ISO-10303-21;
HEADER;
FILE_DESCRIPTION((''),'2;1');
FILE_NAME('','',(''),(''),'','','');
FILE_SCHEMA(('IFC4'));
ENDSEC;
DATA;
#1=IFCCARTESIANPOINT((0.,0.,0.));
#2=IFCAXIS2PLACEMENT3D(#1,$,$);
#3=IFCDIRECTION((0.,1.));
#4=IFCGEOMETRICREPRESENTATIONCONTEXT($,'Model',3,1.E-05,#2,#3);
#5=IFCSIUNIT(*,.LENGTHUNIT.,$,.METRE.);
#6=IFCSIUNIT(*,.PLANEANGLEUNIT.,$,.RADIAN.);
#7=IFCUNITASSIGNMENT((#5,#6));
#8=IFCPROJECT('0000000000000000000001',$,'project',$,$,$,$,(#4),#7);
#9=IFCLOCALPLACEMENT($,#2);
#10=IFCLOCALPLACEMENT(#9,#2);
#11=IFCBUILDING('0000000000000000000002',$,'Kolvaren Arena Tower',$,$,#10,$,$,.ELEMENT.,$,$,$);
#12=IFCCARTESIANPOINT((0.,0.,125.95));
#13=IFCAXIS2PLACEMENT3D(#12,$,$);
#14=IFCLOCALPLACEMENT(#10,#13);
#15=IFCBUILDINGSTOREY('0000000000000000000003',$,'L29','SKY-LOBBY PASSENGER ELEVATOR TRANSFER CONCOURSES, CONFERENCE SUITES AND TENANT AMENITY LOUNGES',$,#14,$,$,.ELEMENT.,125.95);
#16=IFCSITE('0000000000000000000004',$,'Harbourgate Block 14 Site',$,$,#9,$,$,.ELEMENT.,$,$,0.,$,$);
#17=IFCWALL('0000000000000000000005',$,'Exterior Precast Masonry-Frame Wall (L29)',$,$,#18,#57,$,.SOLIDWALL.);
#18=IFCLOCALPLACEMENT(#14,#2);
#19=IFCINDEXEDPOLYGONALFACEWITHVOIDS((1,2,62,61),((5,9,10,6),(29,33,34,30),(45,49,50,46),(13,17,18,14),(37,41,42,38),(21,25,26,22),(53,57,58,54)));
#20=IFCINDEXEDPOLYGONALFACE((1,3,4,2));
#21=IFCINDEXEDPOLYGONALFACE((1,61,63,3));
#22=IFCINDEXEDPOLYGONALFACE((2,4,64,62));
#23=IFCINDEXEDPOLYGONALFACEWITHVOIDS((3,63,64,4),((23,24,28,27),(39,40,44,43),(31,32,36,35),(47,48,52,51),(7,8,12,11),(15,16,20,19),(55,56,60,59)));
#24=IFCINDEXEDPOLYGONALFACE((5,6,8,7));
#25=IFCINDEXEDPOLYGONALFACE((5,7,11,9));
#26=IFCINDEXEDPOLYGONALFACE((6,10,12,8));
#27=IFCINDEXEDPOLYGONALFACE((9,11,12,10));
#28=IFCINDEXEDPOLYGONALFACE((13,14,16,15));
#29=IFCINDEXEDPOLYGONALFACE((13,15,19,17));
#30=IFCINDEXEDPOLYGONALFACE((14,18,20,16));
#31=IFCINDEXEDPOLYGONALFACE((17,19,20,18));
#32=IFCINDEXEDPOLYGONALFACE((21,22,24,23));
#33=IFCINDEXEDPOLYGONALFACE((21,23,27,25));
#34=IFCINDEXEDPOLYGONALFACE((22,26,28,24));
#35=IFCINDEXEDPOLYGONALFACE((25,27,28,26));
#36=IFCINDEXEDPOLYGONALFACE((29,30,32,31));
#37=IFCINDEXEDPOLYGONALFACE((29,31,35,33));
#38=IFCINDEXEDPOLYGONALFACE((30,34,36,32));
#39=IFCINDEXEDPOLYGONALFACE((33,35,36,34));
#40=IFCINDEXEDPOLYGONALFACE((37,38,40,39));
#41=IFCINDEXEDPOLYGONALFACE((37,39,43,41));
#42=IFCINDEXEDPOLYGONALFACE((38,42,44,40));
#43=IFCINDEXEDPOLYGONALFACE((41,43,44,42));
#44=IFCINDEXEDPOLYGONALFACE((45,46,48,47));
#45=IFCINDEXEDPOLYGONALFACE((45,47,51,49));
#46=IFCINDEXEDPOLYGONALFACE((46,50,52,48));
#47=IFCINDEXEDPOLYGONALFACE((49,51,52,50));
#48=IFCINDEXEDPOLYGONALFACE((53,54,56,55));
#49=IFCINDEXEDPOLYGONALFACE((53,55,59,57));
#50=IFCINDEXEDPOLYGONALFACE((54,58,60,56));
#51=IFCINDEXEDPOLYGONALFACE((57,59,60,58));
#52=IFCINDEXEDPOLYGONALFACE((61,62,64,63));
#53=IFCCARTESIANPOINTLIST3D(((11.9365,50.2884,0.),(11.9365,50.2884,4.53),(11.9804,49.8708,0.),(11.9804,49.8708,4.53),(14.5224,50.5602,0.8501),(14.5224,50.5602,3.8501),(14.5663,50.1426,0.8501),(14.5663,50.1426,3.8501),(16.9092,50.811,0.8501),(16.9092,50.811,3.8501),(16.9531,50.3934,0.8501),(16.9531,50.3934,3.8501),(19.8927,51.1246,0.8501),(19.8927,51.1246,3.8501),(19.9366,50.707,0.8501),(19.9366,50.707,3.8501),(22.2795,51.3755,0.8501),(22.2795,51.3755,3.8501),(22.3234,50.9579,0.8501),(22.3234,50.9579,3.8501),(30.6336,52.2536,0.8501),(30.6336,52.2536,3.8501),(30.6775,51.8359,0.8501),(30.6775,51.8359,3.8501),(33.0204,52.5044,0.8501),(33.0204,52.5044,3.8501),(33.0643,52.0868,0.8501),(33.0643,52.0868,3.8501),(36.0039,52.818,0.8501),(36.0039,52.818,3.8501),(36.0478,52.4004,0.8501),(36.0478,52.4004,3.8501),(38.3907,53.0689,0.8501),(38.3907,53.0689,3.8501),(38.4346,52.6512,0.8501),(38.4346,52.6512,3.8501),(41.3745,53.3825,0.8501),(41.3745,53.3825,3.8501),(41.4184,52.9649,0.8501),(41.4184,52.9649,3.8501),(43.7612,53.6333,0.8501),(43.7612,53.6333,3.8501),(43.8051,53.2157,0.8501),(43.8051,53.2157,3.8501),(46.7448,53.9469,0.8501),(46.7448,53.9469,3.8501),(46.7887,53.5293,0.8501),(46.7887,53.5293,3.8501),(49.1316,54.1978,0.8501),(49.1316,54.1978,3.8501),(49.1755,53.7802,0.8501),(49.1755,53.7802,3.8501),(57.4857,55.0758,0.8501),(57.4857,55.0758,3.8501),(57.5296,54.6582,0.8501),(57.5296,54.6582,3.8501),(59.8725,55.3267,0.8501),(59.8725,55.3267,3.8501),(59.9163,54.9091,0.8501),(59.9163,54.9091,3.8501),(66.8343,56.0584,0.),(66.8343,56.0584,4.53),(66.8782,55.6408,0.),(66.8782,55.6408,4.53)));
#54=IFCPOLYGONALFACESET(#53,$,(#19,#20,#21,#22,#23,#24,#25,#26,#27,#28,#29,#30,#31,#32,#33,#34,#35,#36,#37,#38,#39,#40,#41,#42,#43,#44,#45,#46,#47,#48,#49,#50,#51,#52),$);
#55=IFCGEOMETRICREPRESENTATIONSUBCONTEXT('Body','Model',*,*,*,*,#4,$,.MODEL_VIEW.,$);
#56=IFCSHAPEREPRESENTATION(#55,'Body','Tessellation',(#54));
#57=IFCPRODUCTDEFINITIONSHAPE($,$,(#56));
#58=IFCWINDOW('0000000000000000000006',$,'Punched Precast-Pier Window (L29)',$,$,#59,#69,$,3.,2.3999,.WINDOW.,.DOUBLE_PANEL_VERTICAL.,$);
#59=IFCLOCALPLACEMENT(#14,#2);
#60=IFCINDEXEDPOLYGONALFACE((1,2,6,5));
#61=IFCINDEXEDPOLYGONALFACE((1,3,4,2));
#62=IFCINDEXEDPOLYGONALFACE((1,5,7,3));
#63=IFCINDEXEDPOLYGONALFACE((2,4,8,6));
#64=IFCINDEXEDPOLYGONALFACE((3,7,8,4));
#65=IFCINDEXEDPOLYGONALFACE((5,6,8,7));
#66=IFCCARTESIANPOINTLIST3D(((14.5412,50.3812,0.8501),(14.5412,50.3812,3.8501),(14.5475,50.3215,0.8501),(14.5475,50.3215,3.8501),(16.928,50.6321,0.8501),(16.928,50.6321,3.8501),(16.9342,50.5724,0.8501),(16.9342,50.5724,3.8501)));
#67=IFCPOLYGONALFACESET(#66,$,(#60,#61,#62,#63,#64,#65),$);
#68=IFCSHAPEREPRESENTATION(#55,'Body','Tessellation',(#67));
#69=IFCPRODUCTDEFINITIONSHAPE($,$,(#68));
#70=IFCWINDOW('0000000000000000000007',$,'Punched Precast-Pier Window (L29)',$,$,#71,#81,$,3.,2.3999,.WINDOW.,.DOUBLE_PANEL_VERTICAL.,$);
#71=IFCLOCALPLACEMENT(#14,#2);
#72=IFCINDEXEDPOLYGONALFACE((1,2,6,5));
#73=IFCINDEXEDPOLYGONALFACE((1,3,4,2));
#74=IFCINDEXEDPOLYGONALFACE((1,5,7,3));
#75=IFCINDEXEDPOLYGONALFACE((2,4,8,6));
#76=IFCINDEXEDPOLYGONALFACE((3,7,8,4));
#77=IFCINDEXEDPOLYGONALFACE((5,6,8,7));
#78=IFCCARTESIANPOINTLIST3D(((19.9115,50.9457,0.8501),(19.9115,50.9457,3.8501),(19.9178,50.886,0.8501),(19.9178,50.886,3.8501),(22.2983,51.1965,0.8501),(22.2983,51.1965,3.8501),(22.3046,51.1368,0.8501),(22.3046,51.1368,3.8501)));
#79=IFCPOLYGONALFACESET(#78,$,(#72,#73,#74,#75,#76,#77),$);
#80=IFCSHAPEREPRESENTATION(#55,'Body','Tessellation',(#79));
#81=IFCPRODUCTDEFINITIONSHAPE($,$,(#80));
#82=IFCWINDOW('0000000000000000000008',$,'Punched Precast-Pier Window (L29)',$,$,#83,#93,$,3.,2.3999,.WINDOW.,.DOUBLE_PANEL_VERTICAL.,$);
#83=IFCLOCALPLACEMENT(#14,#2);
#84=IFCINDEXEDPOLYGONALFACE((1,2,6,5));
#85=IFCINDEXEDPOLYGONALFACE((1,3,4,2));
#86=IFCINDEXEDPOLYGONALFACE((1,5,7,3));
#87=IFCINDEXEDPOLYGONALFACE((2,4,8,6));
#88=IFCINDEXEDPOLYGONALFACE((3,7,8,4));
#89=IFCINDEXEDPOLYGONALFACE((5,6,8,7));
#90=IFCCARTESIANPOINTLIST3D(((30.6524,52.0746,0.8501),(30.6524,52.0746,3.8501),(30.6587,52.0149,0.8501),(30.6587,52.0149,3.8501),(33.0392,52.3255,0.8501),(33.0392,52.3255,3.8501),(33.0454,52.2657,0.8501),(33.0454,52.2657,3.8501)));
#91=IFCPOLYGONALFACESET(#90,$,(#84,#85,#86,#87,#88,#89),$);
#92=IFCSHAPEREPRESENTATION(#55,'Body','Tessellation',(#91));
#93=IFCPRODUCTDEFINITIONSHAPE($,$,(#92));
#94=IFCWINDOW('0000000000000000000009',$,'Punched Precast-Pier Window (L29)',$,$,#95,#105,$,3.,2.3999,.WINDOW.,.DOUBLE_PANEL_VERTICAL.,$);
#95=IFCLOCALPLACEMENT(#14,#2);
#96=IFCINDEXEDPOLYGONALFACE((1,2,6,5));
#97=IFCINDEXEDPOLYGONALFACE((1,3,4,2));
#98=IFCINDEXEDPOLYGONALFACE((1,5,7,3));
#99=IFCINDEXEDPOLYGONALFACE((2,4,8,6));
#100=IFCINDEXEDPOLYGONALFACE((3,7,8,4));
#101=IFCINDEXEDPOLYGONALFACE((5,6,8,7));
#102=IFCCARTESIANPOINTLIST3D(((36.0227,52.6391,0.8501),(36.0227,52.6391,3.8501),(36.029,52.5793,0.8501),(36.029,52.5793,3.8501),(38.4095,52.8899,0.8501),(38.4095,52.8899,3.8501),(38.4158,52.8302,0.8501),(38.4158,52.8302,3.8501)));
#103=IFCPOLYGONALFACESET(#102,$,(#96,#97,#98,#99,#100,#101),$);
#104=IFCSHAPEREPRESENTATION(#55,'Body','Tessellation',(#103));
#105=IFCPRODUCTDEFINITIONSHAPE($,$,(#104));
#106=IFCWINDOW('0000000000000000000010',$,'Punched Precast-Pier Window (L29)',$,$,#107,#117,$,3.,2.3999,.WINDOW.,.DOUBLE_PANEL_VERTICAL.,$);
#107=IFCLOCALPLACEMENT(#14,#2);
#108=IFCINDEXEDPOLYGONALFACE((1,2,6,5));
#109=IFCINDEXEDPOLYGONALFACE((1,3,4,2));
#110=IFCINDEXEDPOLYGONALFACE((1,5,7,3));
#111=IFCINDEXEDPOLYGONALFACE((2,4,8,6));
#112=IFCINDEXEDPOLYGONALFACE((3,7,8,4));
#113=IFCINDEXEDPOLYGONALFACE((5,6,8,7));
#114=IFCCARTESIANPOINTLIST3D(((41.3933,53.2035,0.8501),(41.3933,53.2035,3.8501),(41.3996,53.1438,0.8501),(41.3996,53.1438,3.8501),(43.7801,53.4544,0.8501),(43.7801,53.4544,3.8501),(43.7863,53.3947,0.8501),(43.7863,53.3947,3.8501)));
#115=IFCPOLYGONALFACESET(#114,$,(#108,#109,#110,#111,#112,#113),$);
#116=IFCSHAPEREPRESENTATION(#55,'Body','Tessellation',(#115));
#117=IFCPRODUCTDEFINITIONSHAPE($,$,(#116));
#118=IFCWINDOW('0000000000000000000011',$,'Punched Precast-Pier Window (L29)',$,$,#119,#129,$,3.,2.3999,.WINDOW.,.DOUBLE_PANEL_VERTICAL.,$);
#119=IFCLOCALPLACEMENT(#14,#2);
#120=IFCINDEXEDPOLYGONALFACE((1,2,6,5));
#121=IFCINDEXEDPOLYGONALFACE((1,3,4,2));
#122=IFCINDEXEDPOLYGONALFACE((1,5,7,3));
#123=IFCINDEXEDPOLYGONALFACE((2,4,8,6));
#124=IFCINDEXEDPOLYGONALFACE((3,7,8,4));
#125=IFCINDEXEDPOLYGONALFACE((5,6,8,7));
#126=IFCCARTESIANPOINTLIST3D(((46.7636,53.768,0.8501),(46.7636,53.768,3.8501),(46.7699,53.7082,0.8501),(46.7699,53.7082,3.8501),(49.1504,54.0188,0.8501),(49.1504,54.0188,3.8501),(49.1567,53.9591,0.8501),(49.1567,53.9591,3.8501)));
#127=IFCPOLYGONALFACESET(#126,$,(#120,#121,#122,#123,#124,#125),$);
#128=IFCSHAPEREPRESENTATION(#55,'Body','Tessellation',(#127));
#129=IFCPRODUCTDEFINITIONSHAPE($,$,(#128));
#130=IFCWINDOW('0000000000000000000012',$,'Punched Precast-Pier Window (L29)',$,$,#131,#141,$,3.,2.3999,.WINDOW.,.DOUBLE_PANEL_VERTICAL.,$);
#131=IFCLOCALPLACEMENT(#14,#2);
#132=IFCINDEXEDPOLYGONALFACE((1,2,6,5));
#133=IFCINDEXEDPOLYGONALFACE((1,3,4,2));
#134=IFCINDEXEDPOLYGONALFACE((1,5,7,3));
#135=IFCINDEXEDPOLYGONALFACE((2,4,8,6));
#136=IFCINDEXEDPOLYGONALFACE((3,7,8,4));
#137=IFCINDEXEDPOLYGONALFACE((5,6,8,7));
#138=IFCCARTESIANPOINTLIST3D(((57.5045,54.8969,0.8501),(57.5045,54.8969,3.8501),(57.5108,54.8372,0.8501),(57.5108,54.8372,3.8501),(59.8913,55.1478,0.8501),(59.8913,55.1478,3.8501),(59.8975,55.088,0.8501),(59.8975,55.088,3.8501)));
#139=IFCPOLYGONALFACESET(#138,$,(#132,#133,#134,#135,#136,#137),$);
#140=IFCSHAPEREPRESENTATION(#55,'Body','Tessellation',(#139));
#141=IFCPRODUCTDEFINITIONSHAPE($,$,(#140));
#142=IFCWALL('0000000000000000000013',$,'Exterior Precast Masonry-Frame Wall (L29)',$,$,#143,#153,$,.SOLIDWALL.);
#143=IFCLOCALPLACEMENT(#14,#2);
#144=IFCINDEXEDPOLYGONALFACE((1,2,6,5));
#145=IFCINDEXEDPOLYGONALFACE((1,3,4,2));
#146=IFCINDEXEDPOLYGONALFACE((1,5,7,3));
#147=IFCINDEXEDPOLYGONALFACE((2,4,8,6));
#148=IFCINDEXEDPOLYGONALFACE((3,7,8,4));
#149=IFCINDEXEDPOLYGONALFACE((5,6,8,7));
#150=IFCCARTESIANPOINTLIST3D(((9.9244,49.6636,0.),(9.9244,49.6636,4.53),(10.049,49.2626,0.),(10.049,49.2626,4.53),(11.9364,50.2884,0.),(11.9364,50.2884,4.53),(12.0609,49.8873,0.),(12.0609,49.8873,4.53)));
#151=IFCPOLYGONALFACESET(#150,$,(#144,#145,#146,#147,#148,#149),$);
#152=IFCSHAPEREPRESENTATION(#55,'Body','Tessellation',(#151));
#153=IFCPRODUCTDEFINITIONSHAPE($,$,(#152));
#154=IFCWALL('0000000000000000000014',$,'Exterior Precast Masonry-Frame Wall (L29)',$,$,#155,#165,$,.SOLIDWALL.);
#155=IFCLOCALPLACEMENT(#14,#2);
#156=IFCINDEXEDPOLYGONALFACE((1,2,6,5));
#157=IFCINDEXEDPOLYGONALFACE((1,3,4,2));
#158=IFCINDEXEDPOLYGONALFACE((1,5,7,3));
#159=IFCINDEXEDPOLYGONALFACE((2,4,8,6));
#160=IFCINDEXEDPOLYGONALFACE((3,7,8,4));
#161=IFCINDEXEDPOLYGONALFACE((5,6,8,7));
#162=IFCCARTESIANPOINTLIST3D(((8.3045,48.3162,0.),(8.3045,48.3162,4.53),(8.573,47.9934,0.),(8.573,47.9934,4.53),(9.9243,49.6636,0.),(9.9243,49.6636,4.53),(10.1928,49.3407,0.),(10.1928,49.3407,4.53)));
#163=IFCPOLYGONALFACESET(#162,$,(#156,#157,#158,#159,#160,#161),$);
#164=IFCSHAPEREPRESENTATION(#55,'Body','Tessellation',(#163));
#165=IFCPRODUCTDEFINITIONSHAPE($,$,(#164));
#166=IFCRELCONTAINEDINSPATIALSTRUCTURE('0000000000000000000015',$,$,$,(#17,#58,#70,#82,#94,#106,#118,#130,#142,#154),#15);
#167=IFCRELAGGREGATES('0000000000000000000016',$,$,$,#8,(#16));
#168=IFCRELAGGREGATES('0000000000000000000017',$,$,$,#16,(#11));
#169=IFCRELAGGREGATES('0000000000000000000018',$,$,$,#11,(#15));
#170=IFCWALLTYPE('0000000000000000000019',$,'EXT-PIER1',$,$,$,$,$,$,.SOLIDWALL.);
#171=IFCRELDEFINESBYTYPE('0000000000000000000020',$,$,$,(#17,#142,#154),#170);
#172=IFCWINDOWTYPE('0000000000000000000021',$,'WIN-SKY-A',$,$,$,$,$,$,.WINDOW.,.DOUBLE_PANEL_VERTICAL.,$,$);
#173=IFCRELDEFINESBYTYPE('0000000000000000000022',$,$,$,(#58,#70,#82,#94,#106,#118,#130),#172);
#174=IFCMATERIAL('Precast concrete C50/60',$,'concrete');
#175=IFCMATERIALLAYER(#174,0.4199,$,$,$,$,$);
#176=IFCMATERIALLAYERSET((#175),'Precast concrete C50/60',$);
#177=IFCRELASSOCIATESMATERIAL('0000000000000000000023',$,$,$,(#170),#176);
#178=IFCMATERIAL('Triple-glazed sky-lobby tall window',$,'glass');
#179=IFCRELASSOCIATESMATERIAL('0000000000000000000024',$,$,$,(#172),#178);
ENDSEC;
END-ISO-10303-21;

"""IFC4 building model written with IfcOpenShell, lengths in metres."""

from ifc_helpers import new_model, si_unit, direction, frame, frame_2d, origin, place, context, subcontext, project, spatial, rectangle, extrude, material, layer, layer_set, type_object, element, fill, save


model = new_model("IFC4")

# Units and contexts
model_context = context("Model", 3, precision=1e-05, world=origin(), true_north=direction((0.0, 1.0)))
body_context = subcontext(model_context, "Body", "Model", "MODEL_VIEW")
ifc_project = project(units=[si_unit("LENGTHUNIT", "METRE"), si_unit("PLANEANGLEUNIT", "RADIAN")], contexts=[model_context])

# Site, building, storey
site_placement = place(None, origin())
site = spatial("IfcSite", under=ifc_project, at=site_placement, Name="Harbourgate Block 14 Site", CompositionType="ELEMENT", RefElevation=0.0)
building_placement = place(site_placement, origin())
building = spatial("IfcBuilding", under=site, at=building_placement, Name="Kolvaren Arena Tower", CompositionType="ELEMENT")
storey_placement = place(building_placement, frame((0.0, 0.0, 125.95)))
storey = spatial("IfcBuildingStorey", under=building, at=storey_placement, Name="L29", Description="SKY-LOBBY PASSENGER ELEVATOR TRANSFER CONCOURSES, CONFERENCE SUITES AND TENANT AMENITY LOUNGES", CompositionType="ELEMENT", Elevation=125.95)

# Wall, openings, windows
ifc_material_1 = material(Name="Precast concrete C50/60", Category="concrete")
ifc_layer_1 = layer(ifc_material_1, 0.4199)
ifc_layer_set_1 = layer_set([ifc_layer_1], Name="Precast concrete C50/60")
wall_type_1 = type_object("IfcWallType", Name="EXT-PIER1", PredefinedType="SOLIDWALL", material=ifc_layer_set_1)
wall_1_placement = place(storey_placement, frame((11.9585, 50.0796, 0.0), z_axis=(0.0, 0.0, 1.0), x_axis=(0.994522, 0.104529, 0.0)))
wall_1 = element("IfcWall", 1, at=wall_1_placement, inside=storey, type_object=wall_type_1, Name="Exterior Precast Masonry-Frame Wall (L29)", PredefinedType="SOLIDWALL", context=body_context, shape_type="SweptSolid", body=[
    extrude(rectangle(XDim=55.2002, YDim=0.4199, at=frame_2d((27.6001, 0.0))), origin(), (0.0, 0.0, 1.0), 4.53),
])
opening_1_placement = place(wall_1_placement, frame((2.6001, 0.0, 0.8501)))
opening_1 = element("IfcOpeningElement", 2, at=opening_1_placement, cuts=wall_1, PredefinedType="OPENING", context=body_context, shape_type="SweptSolid", body=[
    extrude(rectangle(XDim=2.3999, YDim=3.0, at=frame_2d((1.2, 1.5))), frame((0.0, 0.22, 0.0), z_axis=(0.0, -1.0, 0.0), x_axis=(1.0, 0.0, 0.0)), (0.0, 0.0, 1.0), 0.4399),
])
opening_2_placement = place(wall_1_placement, frame((8.0, 0.0, 0.8501)))
opening_2 = element("IfcOpeningElement", 3, at=opening_2_placement, cuts=wall_1, PredefinedType="OPENING", context=body_context, shape_type="SweptSolid", body=[
    extrude(rectangle(XDim=2.3999, YDim=3.0, at=frame_2d((1.2, 1.5))), frame((0.0, 0.22, 0.0), z_axis=(0.0, -1.0, 0.0), x_axis=(1.0, 0.0, 0.0)), (0.0, 0.0, 1.0), 0.4399),
])
opening_3_placement = place(wall_1_placement, frame((18.8, 0.0, 0.8501)))
opening_3 = element("IfcOpeningElement", 4, at=opening_3_placement, cuts=wall_1, PredefinedType="OPENING", context=body_context, shape_type="SweptSolid", body=[
    extrude(rectangle(XDim=2.3999, YDim=3.0, at=frame_2d((1.2, 1.5))), frame((0.0, 0.22, 0.0), z_axis=(0.0, -1.0, 0.0), x_axis=(1.0, 0.0, 0.0)), (0.0, 0.0, 1.0), 0.4399),
])
opening_4_placement = place(wall_1_placement, frame((24.2, 0.0, 0.8501)))
opening_4 = element("IfcOpeningElement", 5, at=opening_4_placement, cuts=wall_1, PredefinedType="OPENING", context=body_context, shape_type="SweptSolid", body=[
    extrude(rectangle(XDim=2.3999, YDim=3.0, at=frame_2d((1.2, 1.5))), frame((0.0, 0.22, 0.0), z_axis=(0.0, -1.0, 0.0), x_axis=(1.0, 0.0, 0.0)), (0.0, 0.0, 1.0), 0.4399),
])
opening_5_placement = place(wall_1_placement, frame((29.6001, 0.0, 0.8501)))
opening_5 = element("IfcOpeningElement", 6, at=opening_5_placement, cuts=wall_1, PredefinedType="OPENING", context=body_context, shape_type="SweptSolid", body=[
    extrude(rectangle(XDim=2.3999, YDim=3.0, at=frame_2d((1.2, 1.5))), frame((0.0, 0.22, 0.0), z_axis=(0.0, -1.0, 0.0), x_axis=(1.0, 0.0, 0.0)), (0.0, 0.0, 1.0), 0.4399),
])
opening_6_placement = place(wall_1_placement, frame((35.0, 0.0, 0.8501)))
opening_6 = element("IfcOpeningElement", 7, at=opening_6_placement, cuts=wall_1, PredefinedType="OPENING", context=body_context, shape_type="SweptSolid", body=[
    extrude(rectangle(XDim=2.3999, YDim=3.0, at=frame_2d((1.2, 1.5))), frame((0.0, 0.22, 0.0), z_axis=(0.0, -1.0, 0.0), x_axis=(1.0, 0.0, 0.0)), (0.0, 0.0, 1.0), 0.4399),
])
opening_7_placement = place(wall_1_placement, frame((45.8, 0.0, 0.8501)))
opening_7 = element("IfcOpeningElement", 8, at=opening_7_placement, cuts=wall_1, PredefinedType="OPENING", context=body_context, shape_type="SweptSolid", body=[
    extrude(rectangle(XDim=2.3999, YDim=3.0, at=frame_2d((1.2, 1.5))), frame((0.0, 0.22, 0.0), z_axis=(0.0, -1.0, 0.0), x_axis=(1.0, 0.0, 0.0)), (0.0, 0.0, 1.0), 0.4399),
])
ifc_material_2 = material(Name="Triple-glazed sky-lobby tall window", Category="glass")
window_type = type_object("IfcWindowType", Name="WIN-SKY-A", PartitioningType="DOUBLE_PANEL_VERTICAL", PredefinedType="WINDOW", material=ifc_material_2)
window_1_placement = place(opening_1_placement, origin())
window_1 = element("IfcWindow", 9, at=window_1_placement, inside=storey, type_object=window_type, Name="Punched Precast-Pier Window (L29)", OverallHeight=3.0, OverallWidth=2.3999, PartitioningType="DOUBLE_PANEL_VERTICAL", PredefinedType="WINDOW", context=body_context, shape_type="SweptSolid", body=[
    extrude(rectangle(XDim=2.3999, YDim=3.0, at=frame_2d((1.2, 1.5))), frame((0.0, 0.03, 0.0), z_axis=(0.0, -1.0, 0.0), x_axis=(1.0, 0.0, 0.0)), (0.0, 0.0, 1.0), 0.0601),
])
fill(opening_1, window_1)
window_2_placement = place(opening_2_placement, origin())
window_2 = element("IfcWindow", 10, at=window_2_placement, inside=storey, type_object=window_type, Name="Punched Precast-Pier Window (L29)", OverallHeight=3.0, OverallWidth=2.3999, PartitioningType="DOUBLE_PANEL_VERTICAL", PredefinedType="WINDOW", context=body_context, shape_type="SweptSolid", body=[
    extrude(rectangle(XDim=2.3999, YDim=3.0, at=frame_2d((1.2, 1.5))), frame((0.0, 0.03, 0.0), z_axis=(0.0, -1.0, 0.0), x_axis=(1.0, 0.0, 0.0)), (0.0, 0.0, 1.0), 0.0601),
])
fill(opening_2, window_2)
window_3_placement = place(opening_3_placement, origin())
window_3 = element("IfcWindow", 11, at=window_3_placement, inside=storey, type_object=window_type, Name="Punched Precast-Pier Window (L29)", OverallHeight=3.0, OverallWidth=2.3999, PartitioningType="DOUBLE_PANEL_VERTICAL", PredefinedType="WINDOW", context=body_context, shape_type="SweptSolid", body=[
    extrude(rectangle(XDim=2.3999, YDim=3.0, at=frame_2d((1.2, 1.5))), frame((0.0, 0.03, 0.0), z_axis=(0.0, -1.0, 0.0), x_axis=(1.0, 0.0, 0.0)), (0.0, 0.0, 1.0), 0.0601),
])
fill(opening_3, window_3)
window_4_placement = place(opening_4_placement, origin())
window_4 = element("IfcWindow", 12, at=window_4_placement, inside=storey, type_object=window_type, Name="Punched Precast-Pier Window (L29)", OverallHeight=3.0, OverallWidth=2.3999, PartitioningType="DOUBLE_PANEL_VERTICAL", PredefinedType="WINDOW", context=body_context, shape_type="SweptSolid", body=[
    extrude(rectangle(XDim=2.3999, YDim=3.0, at=frame_2d((1.2, 1.5))), frame((0.0, 0.03, 0.0), z_axis=(0.0, -1.0, 0.0), x_axis=(1.0, 0.0, 0.0)), (0.0, 0.0, 1.0), 0.0601),
])
fill(opening_4, window_4)
window_5_placement = place(opening_5_placement, origin())
window_5 = element("IfcWindow", 13, at=window_5_placement, inside=storey, type_object=window_type, Name="Punched Precast-Pier Window (L29)", OverallHeight=3.0, OverallWidth=2.3999, PartitioningType="DOUBLE_PANEL_VERTICAL", PredefinedType="WINDOW", context=body_context, shape_type="SweptSolid", body=[
    extrude(rectangle(XDim=2.3999, YDim=3.0, at=frame_2d((1.2, 1.5))), frame((0.0, 0.03, 0.0), z_axis=(0.0, -1.0, 0.0), x_axis=(1.0, 0.0, 0.0)), (0.0, 0.0, 1.0), 0.0601),
])
fill(opening_5, window_5)
window_6_placement = place(opening_6_placement, origin())
window_6 = element("IfcWindow", 14, at=window_6_placement, inside=storey, type_object=window_type, Name="Punched Precast-Pier Window (L29)", OverallHeight=3.0, OverallWidth=2.3999, PartitioningType="DOUBLE_PANEL_VERTICAL", PredefinedType="WINDOW", context=body_context, shape_type="SweptSolid", body=[
    extrude(rectangle(XDim=2.3999, YDim=3.0, at=frame_2d((1.2, 1.5))), frame((0.0, 0.03, 0.0), z_axis=(0.0, -1.0, 0.0), x_axis=(1.0, 0.0, 0.0)), (0.0, 0.0, 1.0), 0.0601),
])
fill(opening_6, window_6)
window_7_placement = place(opening_7_placement, origin())
window_7 = element("IfcWindow", 15, at=window_7_placement, inside=storey, type_object=window_type, Name="Punched Precast-Pier Window (L29)", OverallHeight=3.0, OverallWidth=2.3999, PartitioningType="DOUBLE_PANEL_VERTICAL", PredefinedType="WINDOW", context=body_context, shape_type="SweptSolid", body=[
    extrude(rectangle(XDim=2.3999, YDim=3.0, at=frame_2d((1.2, 1.5))), frame((0.0, 0.03, 0.0), z_axis=(0.0, -1.0, 0.0), x_axis=(1.0, 0.0, 0.0)), (0.0, 0.0, 1.0), 0.0601),
])
fill(opening_7, window_7)

# Walls
wall_2_placement = place(storey_placement, frame((9.9868, 49.4631, 0.0), z_axis=(0.0, 0.0, 1.0), x_axis=(0.955017, 0.296552, 0.0)))
element("IfcWall", 16, at=wall_2_placement, inside=storey, type_object=wall_type_1, Name="Exterior Precast Masonry-Frame Wall (L29)", PredefinedType="SOLIDWALL", context=body_context, shape_type="SweptSolid", body=[
    extrude(rectangle(XDim=2.1067, YDim=0.4199, at=frame_2d((1.0532, 0.0))), origin(), (0.0, 0.0, 1.0), 4.53),
])
wall_3_placement = place(storey_placement, frame((8.4387, 48.1548, 0.0), z_axis=(0.0, 0.0, 1.0), x_axis=(0.7688, 0.639489, 0.0)))
element("IfcWall", 17, at=wall_3_placement, inside=storey, type_object=wall_type_1, Name="Exterior Precast Masonry-Frame Wall (L29)", PredefinedType="SOLIDWALL", context=body_context, shape_type="SweptSolid", body=[
    extrude(rectangle(XDim=2.1069, YDim=0.4199, at=frame_2d((1.0535, 0.0))), origin(), (0.0, 0.0, 1.0), 4.53),
])

save(model, "model.ifc")
